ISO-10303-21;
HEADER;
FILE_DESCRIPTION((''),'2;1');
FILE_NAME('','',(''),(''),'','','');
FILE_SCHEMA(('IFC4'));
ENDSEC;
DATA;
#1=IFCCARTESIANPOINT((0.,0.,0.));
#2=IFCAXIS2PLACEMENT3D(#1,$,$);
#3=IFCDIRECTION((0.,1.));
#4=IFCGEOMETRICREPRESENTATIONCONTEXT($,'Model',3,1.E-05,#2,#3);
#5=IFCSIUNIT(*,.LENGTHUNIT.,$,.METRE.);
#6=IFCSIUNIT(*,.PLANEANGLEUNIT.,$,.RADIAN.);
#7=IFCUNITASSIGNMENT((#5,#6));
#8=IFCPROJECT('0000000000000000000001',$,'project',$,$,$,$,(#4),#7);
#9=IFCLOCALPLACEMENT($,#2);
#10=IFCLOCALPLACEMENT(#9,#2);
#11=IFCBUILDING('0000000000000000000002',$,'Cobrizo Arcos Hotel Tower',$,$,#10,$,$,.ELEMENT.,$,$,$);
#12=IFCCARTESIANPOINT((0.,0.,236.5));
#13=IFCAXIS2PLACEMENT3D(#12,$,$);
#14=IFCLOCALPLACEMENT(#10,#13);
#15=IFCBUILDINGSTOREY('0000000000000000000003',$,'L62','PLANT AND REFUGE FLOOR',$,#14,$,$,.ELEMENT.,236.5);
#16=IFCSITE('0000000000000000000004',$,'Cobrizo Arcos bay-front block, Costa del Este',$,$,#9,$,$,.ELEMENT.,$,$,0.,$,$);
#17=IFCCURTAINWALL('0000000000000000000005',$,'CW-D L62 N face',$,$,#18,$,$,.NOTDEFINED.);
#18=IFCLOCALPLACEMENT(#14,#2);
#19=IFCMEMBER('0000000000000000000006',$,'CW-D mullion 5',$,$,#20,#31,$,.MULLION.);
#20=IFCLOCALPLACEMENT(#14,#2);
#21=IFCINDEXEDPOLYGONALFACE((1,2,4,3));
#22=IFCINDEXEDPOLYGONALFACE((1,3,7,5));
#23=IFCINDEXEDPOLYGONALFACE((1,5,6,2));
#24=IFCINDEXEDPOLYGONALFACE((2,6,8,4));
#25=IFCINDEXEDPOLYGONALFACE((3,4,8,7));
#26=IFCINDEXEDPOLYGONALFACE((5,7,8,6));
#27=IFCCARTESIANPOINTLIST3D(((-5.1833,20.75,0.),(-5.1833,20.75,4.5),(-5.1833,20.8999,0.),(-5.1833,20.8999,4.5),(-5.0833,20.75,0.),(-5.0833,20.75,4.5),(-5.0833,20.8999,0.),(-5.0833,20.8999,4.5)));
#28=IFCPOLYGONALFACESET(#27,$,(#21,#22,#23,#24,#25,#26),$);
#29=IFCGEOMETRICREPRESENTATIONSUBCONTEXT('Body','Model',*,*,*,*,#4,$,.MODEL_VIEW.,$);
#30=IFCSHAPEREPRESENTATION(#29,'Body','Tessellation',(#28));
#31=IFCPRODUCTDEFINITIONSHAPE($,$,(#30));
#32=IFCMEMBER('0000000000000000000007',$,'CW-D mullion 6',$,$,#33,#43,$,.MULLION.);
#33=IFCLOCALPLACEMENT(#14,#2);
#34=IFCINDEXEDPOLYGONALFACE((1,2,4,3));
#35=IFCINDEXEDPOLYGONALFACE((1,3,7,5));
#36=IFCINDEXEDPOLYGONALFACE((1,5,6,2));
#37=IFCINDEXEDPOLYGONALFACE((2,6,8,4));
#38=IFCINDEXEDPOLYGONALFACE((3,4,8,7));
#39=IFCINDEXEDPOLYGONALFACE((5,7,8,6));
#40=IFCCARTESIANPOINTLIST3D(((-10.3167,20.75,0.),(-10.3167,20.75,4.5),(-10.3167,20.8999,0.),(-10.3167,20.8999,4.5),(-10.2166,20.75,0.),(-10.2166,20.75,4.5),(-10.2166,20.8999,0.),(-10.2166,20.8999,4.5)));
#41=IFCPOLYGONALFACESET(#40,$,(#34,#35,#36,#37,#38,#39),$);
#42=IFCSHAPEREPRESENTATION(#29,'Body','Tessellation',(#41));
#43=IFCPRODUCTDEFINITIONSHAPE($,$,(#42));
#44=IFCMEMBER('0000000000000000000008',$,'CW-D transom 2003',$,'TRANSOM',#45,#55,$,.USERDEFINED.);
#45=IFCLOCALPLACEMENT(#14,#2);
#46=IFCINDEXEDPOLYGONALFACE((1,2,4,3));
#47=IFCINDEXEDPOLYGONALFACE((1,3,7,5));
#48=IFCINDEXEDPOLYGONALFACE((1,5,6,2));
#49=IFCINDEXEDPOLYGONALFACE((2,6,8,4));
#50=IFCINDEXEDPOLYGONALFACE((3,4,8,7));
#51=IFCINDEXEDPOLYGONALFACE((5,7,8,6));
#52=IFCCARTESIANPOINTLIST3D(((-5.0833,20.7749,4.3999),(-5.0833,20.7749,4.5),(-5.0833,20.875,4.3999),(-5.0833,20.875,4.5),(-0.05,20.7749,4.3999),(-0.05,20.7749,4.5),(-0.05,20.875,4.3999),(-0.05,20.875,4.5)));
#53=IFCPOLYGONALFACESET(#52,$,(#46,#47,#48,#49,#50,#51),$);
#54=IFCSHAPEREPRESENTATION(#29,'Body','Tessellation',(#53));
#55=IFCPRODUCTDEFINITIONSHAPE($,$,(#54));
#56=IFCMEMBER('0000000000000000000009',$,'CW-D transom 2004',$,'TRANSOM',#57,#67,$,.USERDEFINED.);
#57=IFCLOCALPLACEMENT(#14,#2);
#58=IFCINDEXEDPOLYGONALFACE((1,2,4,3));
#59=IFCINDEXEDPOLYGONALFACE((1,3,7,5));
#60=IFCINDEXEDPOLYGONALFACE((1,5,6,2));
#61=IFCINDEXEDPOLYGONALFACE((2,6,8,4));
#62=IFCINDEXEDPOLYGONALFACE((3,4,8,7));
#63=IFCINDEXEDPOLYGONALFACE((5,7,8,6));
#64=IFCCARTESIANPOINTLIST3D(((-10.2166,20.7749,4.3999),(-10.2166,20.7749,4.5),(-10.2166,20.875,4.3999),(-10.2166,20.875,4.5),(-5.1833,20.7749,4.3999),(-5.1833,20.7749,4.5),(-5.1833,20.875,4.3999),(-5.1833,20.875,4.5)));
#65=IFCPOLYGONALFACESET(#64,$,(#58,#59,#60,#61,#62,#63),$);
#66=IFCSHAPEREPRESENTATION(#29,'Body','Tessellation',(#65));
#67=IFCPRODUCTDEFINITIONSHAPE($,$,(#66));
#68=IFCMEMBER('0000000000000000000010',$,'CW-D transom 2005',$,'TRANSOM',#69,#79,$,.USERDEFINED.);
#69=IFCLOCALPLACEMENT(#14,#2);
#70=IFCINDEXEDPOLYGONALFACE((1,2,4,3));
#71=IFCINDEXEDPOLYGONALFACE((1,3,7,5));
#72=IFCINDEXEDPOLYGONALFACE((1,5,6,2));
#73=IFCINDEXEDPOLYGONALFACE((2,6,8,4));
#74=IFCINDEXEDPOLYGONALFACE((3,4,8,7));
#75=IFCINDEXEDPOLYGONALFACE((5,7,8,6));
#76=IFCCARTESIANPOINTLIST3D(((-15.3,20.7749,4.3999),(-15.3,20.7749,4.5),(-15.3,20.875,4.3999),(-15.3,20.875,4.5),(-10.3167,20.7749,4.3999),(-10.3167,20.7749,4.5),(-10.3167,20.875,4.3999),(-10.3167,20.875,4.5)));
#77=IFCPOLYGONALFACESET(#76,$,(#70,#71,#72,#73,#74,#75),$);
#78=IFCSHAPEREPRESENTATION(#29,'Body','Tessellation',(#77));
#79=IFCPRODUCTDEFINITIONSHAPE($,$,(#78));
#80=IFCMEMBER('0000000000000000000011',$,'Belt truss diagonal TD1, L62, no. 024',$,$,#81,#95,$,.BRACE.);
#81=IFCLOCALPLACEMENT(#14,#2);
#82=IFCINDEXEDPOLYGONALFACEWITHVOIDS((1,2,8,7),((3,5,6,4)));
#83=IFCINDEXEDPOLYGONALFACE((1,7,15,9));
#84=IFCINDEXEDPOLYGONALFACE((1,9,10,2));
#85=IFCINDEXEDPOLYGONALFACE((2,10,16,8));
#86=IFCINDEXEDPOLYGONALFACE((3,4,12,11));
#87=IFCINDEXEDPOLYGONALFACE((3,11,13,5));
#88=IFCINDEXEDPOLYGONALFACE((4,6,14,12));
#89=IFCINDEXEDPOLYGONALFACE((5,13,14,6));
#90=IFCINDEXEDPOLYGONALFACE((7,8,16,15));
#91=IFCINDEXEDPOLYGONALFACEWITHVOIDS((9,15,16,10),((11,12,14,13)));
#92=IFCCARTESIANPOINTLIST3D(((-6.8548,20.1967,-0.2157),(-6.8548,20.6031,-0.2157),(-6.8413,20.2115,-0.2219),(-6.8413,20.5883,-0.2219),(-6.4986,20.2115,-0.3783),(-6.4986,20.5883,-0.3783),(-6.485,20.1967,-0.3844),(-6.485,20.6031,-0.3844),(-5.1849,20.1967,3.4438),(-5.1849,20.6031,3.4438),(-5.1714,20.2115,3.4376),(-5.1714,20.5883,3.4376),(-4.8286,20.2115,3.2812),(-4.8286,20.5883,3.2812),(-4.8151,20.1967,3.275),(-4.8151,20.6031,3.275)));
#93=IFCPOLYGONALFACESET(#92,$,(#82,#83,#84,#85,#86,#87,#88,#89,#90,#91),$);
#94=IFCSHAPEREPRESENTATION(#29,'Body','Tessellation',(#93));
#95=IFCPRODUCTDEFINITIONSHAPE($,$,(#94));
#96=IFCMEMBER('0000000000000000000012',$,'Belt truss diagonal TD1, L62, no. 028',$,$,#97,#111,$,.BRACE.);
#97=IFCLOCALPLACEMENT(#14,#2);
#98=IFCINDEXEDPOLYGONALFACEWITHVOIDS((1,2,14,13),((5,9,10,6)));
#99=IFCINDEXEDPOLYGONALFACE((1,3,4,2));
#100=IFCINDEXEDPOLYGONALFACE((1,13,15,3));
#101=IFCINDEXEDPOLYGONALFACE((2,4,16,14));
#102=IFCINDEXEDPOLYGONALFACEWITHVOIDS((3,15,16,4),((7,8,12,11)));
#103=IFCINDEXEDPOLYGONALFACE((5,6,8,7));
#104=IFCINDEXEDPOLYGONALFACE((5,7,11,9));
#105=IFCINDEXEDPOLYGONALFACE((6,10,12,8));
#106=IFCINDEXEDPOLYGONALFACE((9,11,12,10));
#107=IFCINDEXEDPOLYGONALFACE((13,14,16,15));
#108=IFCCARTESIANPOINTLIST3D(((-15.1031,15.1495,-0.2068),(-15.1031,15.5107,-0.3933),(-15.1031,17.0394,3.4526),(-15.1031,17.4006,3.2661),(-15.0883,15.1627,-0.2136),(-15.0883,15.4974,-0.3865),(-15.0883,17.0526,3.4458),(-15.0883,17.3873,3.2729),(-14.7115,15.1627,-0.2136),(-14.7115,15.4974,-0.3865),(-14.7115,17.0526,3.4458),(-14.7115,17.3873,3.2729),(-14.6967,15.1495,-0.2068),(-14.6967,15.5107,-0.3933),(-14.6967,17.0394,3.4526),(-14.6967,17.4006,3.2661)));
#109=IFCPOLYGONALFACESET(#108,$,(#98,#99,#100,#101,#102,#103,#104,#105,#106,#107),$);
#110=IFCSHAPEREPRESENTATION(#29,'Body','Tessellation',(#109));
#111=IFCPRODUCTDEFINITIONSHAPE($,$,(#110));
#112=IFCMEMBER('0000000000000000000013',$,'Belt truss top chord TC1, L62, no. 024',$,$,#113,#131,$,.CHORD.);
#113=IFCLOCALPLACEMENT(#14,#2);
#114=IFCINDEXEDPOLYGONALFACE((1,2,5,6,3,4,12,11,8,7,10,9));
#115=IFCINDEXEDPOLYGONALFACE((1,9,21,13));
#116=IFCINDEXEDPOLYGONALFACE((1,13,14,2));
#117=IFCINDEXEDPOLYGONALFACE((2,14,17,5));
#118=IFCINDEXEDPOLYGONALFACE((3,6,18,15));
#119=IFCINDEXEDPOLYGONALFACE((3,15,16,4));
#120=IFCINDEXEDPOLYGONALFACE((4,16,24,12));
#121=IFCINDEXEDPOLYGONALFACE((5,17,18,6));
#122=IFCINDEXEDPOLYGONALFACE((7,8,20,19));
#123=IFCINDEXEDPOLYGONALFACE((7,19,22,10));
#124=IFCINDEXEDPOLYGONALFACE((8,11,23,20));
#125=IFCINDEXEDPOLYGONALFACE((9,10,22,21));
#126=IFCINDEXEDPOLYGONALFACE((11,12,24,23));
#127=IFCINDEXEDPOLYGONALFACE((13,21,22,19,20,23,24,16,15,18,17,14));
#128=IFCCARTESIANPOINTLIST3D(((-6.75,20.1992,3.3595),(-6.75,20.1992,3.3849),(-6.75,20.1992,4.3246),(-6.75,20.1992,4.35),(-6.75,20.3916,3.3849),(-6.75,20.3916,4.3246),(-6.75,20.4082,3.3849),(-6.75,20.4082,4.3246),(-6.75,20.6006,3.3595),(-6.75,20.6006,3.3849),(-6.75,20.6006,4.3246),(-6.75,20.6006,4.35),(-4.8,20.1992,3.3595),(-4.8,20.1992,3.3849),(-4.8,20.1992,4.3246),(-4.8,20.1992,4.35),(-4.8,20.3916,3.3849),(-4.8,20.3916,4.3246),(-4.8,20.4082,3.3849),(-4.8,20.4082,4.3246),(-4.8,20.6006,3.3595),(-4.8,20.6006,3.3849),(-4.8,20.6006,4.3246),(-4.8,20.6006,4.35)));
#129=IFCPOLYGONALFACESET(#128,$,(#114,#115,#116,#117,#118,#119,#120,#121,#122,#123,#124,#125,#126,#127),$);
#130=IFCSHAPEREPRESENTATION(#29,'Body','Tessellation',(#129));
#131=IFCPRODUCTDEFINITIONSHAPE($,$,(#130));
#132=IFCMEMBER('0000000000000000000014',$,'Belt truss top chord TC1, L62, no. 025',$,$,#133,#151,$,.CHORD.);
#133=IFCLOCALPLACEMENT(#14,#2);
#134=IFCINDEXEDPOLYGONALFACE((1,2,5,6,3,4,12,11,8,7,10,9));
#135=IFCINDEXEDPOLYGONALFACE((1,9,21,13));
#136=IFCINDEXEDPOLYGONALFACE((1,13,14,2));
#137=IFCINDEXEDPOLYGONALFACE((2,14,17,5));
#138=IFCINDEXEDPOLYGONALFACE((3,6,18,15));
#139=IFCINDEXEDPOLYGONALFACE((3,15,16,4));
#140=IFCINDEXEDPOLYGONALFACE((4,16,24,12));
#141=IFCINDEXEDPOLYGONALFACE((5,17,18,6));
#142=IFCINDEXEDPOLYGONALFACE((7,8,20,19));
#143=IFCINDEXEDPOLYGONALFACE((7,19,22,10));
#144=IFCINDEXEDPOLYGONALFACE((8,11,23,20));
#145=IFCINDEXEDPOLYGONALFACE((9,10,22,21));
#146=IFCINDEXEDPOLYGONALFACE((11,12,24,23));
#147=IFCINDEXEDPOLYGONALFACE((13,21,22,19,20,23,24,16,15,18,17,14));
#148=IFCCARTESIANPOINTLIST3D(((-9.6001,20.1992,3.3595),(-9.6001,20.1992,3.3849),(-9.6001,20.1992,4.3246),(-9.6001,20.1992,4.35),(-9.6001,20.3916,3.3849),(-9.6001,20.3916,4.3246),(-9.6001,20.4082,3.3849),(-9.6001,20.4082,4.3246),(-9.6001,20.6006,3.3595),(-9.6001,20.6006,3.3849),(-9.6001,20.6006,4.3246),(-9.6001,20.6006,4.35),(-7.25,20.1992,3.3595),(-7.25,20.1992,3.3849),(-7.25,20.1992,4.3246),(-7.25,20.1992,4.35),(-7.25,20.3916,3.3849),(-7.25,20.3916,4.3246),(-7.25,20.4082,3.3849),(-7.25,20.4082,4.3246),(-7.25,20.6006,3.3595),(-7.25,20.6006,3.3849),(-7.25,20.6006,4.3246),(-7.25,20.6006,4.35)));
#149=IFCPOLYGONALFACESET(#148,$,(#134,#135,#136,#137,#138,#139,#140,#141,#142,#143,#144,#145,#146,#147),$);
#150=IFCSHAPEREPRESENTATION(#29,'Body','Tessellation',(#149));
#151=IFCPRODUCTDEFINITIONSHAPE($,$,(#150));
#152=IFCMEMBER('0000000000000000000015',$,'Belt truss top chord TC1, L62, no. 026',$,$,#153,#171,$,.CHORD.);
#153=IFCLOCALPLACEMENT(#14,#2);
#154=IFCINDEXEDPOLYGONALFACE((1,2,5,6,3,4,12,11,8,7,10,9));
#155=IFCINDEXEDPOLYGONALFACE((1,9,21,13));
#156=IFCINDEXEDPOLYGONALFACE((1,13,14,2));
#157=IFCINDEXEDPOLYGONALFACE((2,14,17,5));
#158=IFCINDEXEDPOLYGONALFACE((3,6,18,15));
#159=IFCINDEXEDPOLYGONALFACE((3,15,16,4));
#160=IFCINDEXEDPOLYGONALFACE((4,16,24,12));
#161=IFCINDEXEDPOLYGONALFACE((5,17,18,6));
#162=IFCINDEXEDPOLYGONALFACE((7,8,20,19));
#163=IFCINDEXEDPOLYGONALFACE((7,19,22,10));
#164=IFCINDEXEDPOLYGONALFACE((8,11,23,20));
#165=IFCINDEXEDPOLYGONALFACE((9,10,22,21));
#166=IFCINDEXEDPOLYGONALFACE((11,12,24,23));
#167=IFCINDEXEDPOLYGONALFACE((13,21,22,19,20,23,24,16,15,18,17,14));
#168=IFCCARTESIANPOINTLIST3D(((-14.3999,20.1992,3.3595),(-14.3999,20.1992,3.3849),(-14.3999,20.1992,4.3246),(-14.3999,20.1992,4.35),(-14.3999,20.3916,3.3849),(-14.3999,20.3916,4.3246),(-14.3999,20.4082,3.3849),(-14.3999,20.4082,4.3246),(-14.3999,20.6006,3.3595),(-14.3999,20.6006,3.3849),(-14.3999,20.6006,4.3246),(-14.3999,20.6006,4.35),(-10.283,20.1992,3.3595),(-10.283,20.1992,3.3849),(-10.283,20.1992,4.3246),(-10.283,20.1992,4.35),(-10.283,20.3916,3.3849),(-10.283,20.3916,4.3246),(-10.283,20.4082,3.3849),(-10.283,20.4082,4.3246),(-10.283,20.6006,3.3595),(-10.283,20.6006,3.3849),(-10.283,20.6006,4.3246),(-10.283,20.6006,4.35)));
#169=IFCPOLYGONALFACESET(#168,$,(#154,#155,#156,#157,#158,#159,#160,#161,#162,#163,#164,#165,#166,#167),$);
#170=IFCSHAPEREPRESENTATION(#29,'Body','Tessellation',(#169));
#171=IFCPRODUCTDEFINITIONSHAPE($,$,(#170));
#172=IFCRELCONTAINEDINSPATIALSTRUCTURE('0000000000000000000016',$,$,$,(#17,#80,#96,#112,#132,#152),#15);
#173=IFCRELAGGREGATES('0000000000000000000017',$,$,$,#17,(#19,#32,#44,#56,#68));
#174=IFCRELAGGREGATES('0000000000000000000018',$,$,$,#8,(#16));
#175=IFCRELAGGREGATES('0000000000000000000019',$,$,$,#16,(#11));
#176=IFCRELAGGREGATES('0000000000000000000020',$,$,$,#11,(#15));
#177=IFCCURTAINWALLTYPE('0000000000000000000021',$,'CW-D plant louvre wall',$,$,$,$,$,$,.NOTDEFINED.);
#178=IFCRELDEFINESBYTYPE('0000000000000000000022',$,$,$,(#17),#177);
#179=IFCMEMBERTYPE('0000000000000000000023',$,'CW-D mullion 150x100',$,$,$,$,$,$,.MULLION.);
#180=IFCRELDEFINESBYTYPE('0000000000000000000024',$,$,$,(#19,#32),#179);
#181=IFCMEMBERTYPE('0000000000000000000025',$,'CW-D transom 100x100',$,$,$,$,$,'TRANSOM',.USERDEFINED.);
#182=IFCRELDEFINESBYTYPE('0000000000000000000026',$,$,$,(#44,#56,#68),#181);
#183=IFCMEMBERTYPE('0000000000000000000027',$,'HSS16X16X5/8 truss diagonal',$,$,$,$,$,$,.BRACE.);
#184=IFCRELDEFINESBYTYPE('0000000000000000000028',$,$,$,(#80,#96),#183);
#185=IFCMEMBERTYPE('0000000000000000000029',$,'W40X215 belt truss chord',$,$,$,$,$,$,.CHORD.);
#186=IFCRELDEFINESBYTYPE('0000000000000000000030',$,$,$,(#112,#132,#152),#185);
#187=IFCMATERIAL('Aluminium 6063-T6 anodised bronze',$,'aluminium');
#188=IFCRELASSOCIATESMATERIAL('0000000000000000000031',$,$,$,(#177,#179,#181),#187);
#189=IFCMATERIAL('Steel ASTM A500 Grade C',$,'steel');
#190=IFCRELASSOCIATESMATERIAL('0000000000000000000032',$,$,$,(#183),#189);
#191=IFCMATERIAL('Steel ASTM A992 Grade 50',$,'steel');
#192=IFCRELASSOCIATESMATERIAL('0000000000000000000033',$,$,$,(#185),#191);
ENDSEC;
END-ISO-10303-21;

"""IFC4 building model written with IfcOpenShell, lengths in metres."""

from ifc_helpers import new_model, si_unit, direction, frame, origin, origin_2d, place, context, subcontext, project, spatial, rectangle, hollow_rectangle, i_section, extrude, material, material_profile, profile_set, type_object, element, aggregate, save


model = new_model("IFC4")

# Units and contexts
model_context = context("Model", 3, precision=1e-05, world=origin(), true_north=direction((0.0, 1.0)))
body_context = subcontext(model_context, "Body", "Model", "MODEL_VIEW")
ifc_project = project(units=[si_unit("LENGTHUNIT", "METRE"), si_unit("PLANEANGLEUNIT", "RADIAN")], contexts=[model_context])

# Site, building, storey
site_placement = place(None, origin())
site = spatial("IfcSite", under=ifc_project, at=site_placement, Name="Cobrizo Arcos bay-front block, Costa del Este", CompositionType="ELEMENT", RefElevation=0.0)
building_placement = place(site_placement, origin())
building = spatial("IfcBuilding", under=site, at=building_placement, Name="Cobrizo Arcos Hotel Tower", CompositionType="ELEMENT")
storey_placement = place(building_placement, frame((0.0, 0.0, 236.5)))
storey = spatial("IfcBuildingStorey", under=building, at=storey_placement, Name="L62", Description="PLANT AND REFUGE FLOOR", CompositionType="ELEMENT", Elevation=236.5)

# Curtain wall, members
ifc_material_1 = material(Name="Aluminium 6063-T6 anodised bronze", Category="aluminium")
curtain_wall_type = type_object("IfcCurtainWallType", Name="CW-D plant louvre wall", PredefinedType="NOTDEFINED", material=ifc_material_1)
curtain_wall_placement = place(storey_placement, origin())
curtain_wall = element("IfcCurtainWall", 1, at=curtain_wall_placement, inside=storey, type_object=curtain_wall_type, Name="CW-D L62 N face", PredefinedType="NOTDEFINED")
ifc_material_profile_1 = material_profile(ifc_material_1, rectangle(XDim=0.1499, YDim=0.1001, at=origin_2d()), Name="CW-D mullion 150x100")
ifc_profile_set_1 = profile_set([ifc_material_profile_1], Name="Aluminium 6063-T6 anodised bronze")
member_type_1 = type_object("IfcMemberType", Name="CW-D mullion 150x100", PredefinedType="MULLION", material=ifc_profile_set_1)
member_1_placement = place(storey_placement, frame((-5.1333, 20.825, 0.0), z_axis=(0.0, 0.0, 1.0), x_axis=(0.0, 1.0, 0.0)))
member_1 = element("IfcMember", 2, at=member_1_placement, type_object=member_type_1, Name="CW-D mullion 5", PredefinedType="MULLION", context=body_context, shape_type="SweptSolid", body=[
    extrude(rectangle(XDim=0.1499, YDim=0.1001, at=origin_2d()), origin(), (0.0, 0.0, 1.0), 4.5),
])
member_2_placement = place(storey_placement, frame((-10.2666, 20.825, 0.0), z_axis=(0.0, 0.0, 1.0), x_axis=(0.0, 1.0, 0.0)))
member_2 = element("IfcMember", 3, at=member_2_placement, type_object=member_type_1, Name="CW-D mullion 6", PredefinedType="MULLION", context=body_context, shape_type="SweptSolid", body=[
    extrude(rectangle(XDim=0.1499, YDim=0.1001, at=origin_2d()), origin(), (0.0, 0.0, 1.0), 4.5),
])
ifc_material_profile_2 = material_profile(ifc_material_1, rectangle(XDim=0.1001, YDim=0.1001, at=origin_2d()), Name="CW-D transom 100x100")
ifc_profile_set_2 = profile_set([ifc_material_profile_2], Name="Aluminium 6063-T6 anodised bronze")
member_type_2 = type_object("IfcMemberType", Name="CW-D transom 100x100", ElementType="TRANSOM", PredefinedType="USERDEFINED", material=ifc_profile_set_2)
member_3_placement = place(storey_placement, frame((-0.05, 20.825, 4.45), z_axis=(-1.0, 0.0, 0.0), x_axis=(0.0, -1.0, 0.0)))
member_3 = element("IfcMember", 4, at=member_3_placement, type_object=member_type_2, Name="CW-D transom 2003", ObjectType="TRANSOM", PredefinedType="USERDEFINED", context=body_context, shape_type="SweptSolid", body=[
    extrude(rectangle(XDim=0.1001, YDim=0.1001, at=origin_2d()), origin(), (0.0, 0.0, 1.0), 5.0332),
])
member_4_placement = place(storey_placement, frame((-5.1833, 20.825, 4.45), z_axis=(-1.0, 0.0, 0.0), x_axis=(0.0, -1.0, 0.0)))
member_4 = element("IfcMember", 5, at=member_4_placement, type_object=member_type_2, Name="CW-D transom 2004", ObjectType="TRANSOM", PredefinedType="USERDEFINED", context=body_context, shape_type="SweptSolid", body=[
    extrude(rectangle(XDim=0.1001, YDim=0.1001, at=origin_2d()), origin(), (0.0, 0.0, 1.0), 5.0332),
])
member_5_placement = place(storey_placement, frame((-10.3167, 20.825, 4.45), z_axis=(-1.0, 0.0, 0.0), x_axis=(0.0, -1.0, 0.0)))
member_5 = element("IfcMember", 6, at=member_5_placement, type_object=member_type_2, Name="CW-D transom 2005", ObjectType="TRANSOM", PredefinedType="USERDEFINED", context=body_context, shape_type="SweptSolid", body=[
    extrude(rectangle(XDim=0.1001, YDim=0.1001, at=origin_2d()), origin(), (0.0, 0.0, 1.0), 4.9834),
])

# Members
ifc_material_2 = material(Name="Steel ASTM A500 Grade C", Category="steel")
ifc_material_profile_3 = material_profile(ifc_material_2, hollow_rectangle(XDim=0.4065, YDim=0.4065, WallThickness=0.0149, at=origin_2d()), Name="HSS16X16X5/8")
ifc_profile_set_3 = profile_set([ifc_material_profile_3], Name="Steel ASTM A500 Grade C")
member_type_3 = type_object("IfcMemberType", Name="HSS16X16X5/8 truss diagonal", PredefinedType="BRACE", material=ifc_profile_set_3)
member_6_placement = place(storey_placement, frame((-5.0, 20.3999, 3.3594), z_axis=(-0.415151, 0.0, -0.909752), x_axis=(0.0, -1.0, 0.0)))
element("IfcMember", 7, at=member_6_placement, inside=storey, type_object=member_type_3, Name="Belt truss diagonal TD1, L62, no. 024", PredefinedType="BRACE", context=body_context, shape_type="SweptSolid", body=[
    extrude(hollow_rectangle(XDim=0.4065, YDim=0.4065, WallThickness=0.0149, at=origin_2d()), origin(), (0.0, 0.0, 1.0), 4.0225),
])
member_7_placement = place(storey_placement, frame((-14.8999, 17.22, 3.3594), z_axis=(0.0, -0.458865, -0.888506), x_axis=(1.0, 0.0, 0.0)))
element("IfcMember", 8, at=member_7_placement, inside=storey, type_object=member_type_3, Name="Belt truss diagonal TD1, L62, no. 028", PredefinedType="BRACE", context=body_context, shape_type="SweptSolid", body=[
    extrude(hollow_rectangle(XDim=0.4065, YDim=0.4065, WallThickness=0.0149, at=origin_2d()), origin(), (0.0, 0.0, 1.0), 4.1187),
])
ifc_material_3 = material(Name="Steel ASTM A992 Grade 50", Category="steel")
ifc_material_profile_4 = material_profile(ifc_material_3, i_section(OverallWidth=0.4014, OverallDepth=0.9905, WebThickness=0.0166, FlangeThickness=0.0254, at=origin_2d()), Name="W40X215")
ifc_profile_set_4 = profile_set([ifc_material_profile_4], Name="Steel ASTM A992 Grade 50")
member_type_4 = type_object("IfcMemberType", Name="W40X215 belt truss chord", PredefinedType="CHORD", material=ifc_profile_set_4)
member_8_placement = place(storey_placement, frame((-4.8, 20.3999, 3.8547), z_axis=(-1.0, 0.0, 0.0), x_axis=(0.0, -1.0, 0.0)))
element("IfcMember", 9, at=member_8_placement, inside=storey, type_object=member_type_4, Name="Belt truss top chord TC1, L62, no. 024", PredefinedType="CHORD", context=body_context, shape_type="SweptSolid", body=[
    extrude(i_section(OverallWidth=0.4014, OverallDepth=0.9905, WebThickness=0.0166, FlangeThickness=0.0254, at=origin_2d()), origin(), (0.0, 0.0, 1.0), 1.95),
])
member_9_placement = place(storey_placement, frame((-7.25, 20.3999, 3.8547), z_axis=(-1.0, 0.0, 0.0), x_axis=(0.0, -1.0, 0.0)))
element("IfcMember", 10, at=member_9_placement, inside=storey, type_object=member_type_4, Name="Belt truss top chord TC1, L62, no. 025", PredefinedType="CHORD", context=body_context, shape_type="SweptSolid", body=[
    extrude(i_section(OverallWidth=0.4014, OverallDepth=0.9905, WebThickness=0.0166, FlangeThickness=0.0254, at=origin_2d()), origin(), (0.0, 0.0, 1.0), 2.3501),
])
member_10_placement = place(storey_placement, frame((-10.283, 20.3999, 3.8547), z_axis=(-1.0, 0.0, 0.0), x_axis=(0.0, -1.0, 0.0)))
element("IfcMember", 11, at=member_10_placement, inside=storey, type_object=member_type_4, Name="Belt truss top chord TC1, L62, no. 026", PredefinedType="CHORD", context=body_context, shape_type="SweptSolid", body=[
    extrude(i_section(OverallWidth=0.4014, OverallDepth=0.9905, WebThickness=0.0166, FlangeThickness=0.0254, at=origin_2d()), origin(), (0.0, 0.0, 1.0), 4.1169),
])

aggregate(curtain_wall, [member_1, member_2, member_3, member_4, member_5])

save(model, "model.ifc")
